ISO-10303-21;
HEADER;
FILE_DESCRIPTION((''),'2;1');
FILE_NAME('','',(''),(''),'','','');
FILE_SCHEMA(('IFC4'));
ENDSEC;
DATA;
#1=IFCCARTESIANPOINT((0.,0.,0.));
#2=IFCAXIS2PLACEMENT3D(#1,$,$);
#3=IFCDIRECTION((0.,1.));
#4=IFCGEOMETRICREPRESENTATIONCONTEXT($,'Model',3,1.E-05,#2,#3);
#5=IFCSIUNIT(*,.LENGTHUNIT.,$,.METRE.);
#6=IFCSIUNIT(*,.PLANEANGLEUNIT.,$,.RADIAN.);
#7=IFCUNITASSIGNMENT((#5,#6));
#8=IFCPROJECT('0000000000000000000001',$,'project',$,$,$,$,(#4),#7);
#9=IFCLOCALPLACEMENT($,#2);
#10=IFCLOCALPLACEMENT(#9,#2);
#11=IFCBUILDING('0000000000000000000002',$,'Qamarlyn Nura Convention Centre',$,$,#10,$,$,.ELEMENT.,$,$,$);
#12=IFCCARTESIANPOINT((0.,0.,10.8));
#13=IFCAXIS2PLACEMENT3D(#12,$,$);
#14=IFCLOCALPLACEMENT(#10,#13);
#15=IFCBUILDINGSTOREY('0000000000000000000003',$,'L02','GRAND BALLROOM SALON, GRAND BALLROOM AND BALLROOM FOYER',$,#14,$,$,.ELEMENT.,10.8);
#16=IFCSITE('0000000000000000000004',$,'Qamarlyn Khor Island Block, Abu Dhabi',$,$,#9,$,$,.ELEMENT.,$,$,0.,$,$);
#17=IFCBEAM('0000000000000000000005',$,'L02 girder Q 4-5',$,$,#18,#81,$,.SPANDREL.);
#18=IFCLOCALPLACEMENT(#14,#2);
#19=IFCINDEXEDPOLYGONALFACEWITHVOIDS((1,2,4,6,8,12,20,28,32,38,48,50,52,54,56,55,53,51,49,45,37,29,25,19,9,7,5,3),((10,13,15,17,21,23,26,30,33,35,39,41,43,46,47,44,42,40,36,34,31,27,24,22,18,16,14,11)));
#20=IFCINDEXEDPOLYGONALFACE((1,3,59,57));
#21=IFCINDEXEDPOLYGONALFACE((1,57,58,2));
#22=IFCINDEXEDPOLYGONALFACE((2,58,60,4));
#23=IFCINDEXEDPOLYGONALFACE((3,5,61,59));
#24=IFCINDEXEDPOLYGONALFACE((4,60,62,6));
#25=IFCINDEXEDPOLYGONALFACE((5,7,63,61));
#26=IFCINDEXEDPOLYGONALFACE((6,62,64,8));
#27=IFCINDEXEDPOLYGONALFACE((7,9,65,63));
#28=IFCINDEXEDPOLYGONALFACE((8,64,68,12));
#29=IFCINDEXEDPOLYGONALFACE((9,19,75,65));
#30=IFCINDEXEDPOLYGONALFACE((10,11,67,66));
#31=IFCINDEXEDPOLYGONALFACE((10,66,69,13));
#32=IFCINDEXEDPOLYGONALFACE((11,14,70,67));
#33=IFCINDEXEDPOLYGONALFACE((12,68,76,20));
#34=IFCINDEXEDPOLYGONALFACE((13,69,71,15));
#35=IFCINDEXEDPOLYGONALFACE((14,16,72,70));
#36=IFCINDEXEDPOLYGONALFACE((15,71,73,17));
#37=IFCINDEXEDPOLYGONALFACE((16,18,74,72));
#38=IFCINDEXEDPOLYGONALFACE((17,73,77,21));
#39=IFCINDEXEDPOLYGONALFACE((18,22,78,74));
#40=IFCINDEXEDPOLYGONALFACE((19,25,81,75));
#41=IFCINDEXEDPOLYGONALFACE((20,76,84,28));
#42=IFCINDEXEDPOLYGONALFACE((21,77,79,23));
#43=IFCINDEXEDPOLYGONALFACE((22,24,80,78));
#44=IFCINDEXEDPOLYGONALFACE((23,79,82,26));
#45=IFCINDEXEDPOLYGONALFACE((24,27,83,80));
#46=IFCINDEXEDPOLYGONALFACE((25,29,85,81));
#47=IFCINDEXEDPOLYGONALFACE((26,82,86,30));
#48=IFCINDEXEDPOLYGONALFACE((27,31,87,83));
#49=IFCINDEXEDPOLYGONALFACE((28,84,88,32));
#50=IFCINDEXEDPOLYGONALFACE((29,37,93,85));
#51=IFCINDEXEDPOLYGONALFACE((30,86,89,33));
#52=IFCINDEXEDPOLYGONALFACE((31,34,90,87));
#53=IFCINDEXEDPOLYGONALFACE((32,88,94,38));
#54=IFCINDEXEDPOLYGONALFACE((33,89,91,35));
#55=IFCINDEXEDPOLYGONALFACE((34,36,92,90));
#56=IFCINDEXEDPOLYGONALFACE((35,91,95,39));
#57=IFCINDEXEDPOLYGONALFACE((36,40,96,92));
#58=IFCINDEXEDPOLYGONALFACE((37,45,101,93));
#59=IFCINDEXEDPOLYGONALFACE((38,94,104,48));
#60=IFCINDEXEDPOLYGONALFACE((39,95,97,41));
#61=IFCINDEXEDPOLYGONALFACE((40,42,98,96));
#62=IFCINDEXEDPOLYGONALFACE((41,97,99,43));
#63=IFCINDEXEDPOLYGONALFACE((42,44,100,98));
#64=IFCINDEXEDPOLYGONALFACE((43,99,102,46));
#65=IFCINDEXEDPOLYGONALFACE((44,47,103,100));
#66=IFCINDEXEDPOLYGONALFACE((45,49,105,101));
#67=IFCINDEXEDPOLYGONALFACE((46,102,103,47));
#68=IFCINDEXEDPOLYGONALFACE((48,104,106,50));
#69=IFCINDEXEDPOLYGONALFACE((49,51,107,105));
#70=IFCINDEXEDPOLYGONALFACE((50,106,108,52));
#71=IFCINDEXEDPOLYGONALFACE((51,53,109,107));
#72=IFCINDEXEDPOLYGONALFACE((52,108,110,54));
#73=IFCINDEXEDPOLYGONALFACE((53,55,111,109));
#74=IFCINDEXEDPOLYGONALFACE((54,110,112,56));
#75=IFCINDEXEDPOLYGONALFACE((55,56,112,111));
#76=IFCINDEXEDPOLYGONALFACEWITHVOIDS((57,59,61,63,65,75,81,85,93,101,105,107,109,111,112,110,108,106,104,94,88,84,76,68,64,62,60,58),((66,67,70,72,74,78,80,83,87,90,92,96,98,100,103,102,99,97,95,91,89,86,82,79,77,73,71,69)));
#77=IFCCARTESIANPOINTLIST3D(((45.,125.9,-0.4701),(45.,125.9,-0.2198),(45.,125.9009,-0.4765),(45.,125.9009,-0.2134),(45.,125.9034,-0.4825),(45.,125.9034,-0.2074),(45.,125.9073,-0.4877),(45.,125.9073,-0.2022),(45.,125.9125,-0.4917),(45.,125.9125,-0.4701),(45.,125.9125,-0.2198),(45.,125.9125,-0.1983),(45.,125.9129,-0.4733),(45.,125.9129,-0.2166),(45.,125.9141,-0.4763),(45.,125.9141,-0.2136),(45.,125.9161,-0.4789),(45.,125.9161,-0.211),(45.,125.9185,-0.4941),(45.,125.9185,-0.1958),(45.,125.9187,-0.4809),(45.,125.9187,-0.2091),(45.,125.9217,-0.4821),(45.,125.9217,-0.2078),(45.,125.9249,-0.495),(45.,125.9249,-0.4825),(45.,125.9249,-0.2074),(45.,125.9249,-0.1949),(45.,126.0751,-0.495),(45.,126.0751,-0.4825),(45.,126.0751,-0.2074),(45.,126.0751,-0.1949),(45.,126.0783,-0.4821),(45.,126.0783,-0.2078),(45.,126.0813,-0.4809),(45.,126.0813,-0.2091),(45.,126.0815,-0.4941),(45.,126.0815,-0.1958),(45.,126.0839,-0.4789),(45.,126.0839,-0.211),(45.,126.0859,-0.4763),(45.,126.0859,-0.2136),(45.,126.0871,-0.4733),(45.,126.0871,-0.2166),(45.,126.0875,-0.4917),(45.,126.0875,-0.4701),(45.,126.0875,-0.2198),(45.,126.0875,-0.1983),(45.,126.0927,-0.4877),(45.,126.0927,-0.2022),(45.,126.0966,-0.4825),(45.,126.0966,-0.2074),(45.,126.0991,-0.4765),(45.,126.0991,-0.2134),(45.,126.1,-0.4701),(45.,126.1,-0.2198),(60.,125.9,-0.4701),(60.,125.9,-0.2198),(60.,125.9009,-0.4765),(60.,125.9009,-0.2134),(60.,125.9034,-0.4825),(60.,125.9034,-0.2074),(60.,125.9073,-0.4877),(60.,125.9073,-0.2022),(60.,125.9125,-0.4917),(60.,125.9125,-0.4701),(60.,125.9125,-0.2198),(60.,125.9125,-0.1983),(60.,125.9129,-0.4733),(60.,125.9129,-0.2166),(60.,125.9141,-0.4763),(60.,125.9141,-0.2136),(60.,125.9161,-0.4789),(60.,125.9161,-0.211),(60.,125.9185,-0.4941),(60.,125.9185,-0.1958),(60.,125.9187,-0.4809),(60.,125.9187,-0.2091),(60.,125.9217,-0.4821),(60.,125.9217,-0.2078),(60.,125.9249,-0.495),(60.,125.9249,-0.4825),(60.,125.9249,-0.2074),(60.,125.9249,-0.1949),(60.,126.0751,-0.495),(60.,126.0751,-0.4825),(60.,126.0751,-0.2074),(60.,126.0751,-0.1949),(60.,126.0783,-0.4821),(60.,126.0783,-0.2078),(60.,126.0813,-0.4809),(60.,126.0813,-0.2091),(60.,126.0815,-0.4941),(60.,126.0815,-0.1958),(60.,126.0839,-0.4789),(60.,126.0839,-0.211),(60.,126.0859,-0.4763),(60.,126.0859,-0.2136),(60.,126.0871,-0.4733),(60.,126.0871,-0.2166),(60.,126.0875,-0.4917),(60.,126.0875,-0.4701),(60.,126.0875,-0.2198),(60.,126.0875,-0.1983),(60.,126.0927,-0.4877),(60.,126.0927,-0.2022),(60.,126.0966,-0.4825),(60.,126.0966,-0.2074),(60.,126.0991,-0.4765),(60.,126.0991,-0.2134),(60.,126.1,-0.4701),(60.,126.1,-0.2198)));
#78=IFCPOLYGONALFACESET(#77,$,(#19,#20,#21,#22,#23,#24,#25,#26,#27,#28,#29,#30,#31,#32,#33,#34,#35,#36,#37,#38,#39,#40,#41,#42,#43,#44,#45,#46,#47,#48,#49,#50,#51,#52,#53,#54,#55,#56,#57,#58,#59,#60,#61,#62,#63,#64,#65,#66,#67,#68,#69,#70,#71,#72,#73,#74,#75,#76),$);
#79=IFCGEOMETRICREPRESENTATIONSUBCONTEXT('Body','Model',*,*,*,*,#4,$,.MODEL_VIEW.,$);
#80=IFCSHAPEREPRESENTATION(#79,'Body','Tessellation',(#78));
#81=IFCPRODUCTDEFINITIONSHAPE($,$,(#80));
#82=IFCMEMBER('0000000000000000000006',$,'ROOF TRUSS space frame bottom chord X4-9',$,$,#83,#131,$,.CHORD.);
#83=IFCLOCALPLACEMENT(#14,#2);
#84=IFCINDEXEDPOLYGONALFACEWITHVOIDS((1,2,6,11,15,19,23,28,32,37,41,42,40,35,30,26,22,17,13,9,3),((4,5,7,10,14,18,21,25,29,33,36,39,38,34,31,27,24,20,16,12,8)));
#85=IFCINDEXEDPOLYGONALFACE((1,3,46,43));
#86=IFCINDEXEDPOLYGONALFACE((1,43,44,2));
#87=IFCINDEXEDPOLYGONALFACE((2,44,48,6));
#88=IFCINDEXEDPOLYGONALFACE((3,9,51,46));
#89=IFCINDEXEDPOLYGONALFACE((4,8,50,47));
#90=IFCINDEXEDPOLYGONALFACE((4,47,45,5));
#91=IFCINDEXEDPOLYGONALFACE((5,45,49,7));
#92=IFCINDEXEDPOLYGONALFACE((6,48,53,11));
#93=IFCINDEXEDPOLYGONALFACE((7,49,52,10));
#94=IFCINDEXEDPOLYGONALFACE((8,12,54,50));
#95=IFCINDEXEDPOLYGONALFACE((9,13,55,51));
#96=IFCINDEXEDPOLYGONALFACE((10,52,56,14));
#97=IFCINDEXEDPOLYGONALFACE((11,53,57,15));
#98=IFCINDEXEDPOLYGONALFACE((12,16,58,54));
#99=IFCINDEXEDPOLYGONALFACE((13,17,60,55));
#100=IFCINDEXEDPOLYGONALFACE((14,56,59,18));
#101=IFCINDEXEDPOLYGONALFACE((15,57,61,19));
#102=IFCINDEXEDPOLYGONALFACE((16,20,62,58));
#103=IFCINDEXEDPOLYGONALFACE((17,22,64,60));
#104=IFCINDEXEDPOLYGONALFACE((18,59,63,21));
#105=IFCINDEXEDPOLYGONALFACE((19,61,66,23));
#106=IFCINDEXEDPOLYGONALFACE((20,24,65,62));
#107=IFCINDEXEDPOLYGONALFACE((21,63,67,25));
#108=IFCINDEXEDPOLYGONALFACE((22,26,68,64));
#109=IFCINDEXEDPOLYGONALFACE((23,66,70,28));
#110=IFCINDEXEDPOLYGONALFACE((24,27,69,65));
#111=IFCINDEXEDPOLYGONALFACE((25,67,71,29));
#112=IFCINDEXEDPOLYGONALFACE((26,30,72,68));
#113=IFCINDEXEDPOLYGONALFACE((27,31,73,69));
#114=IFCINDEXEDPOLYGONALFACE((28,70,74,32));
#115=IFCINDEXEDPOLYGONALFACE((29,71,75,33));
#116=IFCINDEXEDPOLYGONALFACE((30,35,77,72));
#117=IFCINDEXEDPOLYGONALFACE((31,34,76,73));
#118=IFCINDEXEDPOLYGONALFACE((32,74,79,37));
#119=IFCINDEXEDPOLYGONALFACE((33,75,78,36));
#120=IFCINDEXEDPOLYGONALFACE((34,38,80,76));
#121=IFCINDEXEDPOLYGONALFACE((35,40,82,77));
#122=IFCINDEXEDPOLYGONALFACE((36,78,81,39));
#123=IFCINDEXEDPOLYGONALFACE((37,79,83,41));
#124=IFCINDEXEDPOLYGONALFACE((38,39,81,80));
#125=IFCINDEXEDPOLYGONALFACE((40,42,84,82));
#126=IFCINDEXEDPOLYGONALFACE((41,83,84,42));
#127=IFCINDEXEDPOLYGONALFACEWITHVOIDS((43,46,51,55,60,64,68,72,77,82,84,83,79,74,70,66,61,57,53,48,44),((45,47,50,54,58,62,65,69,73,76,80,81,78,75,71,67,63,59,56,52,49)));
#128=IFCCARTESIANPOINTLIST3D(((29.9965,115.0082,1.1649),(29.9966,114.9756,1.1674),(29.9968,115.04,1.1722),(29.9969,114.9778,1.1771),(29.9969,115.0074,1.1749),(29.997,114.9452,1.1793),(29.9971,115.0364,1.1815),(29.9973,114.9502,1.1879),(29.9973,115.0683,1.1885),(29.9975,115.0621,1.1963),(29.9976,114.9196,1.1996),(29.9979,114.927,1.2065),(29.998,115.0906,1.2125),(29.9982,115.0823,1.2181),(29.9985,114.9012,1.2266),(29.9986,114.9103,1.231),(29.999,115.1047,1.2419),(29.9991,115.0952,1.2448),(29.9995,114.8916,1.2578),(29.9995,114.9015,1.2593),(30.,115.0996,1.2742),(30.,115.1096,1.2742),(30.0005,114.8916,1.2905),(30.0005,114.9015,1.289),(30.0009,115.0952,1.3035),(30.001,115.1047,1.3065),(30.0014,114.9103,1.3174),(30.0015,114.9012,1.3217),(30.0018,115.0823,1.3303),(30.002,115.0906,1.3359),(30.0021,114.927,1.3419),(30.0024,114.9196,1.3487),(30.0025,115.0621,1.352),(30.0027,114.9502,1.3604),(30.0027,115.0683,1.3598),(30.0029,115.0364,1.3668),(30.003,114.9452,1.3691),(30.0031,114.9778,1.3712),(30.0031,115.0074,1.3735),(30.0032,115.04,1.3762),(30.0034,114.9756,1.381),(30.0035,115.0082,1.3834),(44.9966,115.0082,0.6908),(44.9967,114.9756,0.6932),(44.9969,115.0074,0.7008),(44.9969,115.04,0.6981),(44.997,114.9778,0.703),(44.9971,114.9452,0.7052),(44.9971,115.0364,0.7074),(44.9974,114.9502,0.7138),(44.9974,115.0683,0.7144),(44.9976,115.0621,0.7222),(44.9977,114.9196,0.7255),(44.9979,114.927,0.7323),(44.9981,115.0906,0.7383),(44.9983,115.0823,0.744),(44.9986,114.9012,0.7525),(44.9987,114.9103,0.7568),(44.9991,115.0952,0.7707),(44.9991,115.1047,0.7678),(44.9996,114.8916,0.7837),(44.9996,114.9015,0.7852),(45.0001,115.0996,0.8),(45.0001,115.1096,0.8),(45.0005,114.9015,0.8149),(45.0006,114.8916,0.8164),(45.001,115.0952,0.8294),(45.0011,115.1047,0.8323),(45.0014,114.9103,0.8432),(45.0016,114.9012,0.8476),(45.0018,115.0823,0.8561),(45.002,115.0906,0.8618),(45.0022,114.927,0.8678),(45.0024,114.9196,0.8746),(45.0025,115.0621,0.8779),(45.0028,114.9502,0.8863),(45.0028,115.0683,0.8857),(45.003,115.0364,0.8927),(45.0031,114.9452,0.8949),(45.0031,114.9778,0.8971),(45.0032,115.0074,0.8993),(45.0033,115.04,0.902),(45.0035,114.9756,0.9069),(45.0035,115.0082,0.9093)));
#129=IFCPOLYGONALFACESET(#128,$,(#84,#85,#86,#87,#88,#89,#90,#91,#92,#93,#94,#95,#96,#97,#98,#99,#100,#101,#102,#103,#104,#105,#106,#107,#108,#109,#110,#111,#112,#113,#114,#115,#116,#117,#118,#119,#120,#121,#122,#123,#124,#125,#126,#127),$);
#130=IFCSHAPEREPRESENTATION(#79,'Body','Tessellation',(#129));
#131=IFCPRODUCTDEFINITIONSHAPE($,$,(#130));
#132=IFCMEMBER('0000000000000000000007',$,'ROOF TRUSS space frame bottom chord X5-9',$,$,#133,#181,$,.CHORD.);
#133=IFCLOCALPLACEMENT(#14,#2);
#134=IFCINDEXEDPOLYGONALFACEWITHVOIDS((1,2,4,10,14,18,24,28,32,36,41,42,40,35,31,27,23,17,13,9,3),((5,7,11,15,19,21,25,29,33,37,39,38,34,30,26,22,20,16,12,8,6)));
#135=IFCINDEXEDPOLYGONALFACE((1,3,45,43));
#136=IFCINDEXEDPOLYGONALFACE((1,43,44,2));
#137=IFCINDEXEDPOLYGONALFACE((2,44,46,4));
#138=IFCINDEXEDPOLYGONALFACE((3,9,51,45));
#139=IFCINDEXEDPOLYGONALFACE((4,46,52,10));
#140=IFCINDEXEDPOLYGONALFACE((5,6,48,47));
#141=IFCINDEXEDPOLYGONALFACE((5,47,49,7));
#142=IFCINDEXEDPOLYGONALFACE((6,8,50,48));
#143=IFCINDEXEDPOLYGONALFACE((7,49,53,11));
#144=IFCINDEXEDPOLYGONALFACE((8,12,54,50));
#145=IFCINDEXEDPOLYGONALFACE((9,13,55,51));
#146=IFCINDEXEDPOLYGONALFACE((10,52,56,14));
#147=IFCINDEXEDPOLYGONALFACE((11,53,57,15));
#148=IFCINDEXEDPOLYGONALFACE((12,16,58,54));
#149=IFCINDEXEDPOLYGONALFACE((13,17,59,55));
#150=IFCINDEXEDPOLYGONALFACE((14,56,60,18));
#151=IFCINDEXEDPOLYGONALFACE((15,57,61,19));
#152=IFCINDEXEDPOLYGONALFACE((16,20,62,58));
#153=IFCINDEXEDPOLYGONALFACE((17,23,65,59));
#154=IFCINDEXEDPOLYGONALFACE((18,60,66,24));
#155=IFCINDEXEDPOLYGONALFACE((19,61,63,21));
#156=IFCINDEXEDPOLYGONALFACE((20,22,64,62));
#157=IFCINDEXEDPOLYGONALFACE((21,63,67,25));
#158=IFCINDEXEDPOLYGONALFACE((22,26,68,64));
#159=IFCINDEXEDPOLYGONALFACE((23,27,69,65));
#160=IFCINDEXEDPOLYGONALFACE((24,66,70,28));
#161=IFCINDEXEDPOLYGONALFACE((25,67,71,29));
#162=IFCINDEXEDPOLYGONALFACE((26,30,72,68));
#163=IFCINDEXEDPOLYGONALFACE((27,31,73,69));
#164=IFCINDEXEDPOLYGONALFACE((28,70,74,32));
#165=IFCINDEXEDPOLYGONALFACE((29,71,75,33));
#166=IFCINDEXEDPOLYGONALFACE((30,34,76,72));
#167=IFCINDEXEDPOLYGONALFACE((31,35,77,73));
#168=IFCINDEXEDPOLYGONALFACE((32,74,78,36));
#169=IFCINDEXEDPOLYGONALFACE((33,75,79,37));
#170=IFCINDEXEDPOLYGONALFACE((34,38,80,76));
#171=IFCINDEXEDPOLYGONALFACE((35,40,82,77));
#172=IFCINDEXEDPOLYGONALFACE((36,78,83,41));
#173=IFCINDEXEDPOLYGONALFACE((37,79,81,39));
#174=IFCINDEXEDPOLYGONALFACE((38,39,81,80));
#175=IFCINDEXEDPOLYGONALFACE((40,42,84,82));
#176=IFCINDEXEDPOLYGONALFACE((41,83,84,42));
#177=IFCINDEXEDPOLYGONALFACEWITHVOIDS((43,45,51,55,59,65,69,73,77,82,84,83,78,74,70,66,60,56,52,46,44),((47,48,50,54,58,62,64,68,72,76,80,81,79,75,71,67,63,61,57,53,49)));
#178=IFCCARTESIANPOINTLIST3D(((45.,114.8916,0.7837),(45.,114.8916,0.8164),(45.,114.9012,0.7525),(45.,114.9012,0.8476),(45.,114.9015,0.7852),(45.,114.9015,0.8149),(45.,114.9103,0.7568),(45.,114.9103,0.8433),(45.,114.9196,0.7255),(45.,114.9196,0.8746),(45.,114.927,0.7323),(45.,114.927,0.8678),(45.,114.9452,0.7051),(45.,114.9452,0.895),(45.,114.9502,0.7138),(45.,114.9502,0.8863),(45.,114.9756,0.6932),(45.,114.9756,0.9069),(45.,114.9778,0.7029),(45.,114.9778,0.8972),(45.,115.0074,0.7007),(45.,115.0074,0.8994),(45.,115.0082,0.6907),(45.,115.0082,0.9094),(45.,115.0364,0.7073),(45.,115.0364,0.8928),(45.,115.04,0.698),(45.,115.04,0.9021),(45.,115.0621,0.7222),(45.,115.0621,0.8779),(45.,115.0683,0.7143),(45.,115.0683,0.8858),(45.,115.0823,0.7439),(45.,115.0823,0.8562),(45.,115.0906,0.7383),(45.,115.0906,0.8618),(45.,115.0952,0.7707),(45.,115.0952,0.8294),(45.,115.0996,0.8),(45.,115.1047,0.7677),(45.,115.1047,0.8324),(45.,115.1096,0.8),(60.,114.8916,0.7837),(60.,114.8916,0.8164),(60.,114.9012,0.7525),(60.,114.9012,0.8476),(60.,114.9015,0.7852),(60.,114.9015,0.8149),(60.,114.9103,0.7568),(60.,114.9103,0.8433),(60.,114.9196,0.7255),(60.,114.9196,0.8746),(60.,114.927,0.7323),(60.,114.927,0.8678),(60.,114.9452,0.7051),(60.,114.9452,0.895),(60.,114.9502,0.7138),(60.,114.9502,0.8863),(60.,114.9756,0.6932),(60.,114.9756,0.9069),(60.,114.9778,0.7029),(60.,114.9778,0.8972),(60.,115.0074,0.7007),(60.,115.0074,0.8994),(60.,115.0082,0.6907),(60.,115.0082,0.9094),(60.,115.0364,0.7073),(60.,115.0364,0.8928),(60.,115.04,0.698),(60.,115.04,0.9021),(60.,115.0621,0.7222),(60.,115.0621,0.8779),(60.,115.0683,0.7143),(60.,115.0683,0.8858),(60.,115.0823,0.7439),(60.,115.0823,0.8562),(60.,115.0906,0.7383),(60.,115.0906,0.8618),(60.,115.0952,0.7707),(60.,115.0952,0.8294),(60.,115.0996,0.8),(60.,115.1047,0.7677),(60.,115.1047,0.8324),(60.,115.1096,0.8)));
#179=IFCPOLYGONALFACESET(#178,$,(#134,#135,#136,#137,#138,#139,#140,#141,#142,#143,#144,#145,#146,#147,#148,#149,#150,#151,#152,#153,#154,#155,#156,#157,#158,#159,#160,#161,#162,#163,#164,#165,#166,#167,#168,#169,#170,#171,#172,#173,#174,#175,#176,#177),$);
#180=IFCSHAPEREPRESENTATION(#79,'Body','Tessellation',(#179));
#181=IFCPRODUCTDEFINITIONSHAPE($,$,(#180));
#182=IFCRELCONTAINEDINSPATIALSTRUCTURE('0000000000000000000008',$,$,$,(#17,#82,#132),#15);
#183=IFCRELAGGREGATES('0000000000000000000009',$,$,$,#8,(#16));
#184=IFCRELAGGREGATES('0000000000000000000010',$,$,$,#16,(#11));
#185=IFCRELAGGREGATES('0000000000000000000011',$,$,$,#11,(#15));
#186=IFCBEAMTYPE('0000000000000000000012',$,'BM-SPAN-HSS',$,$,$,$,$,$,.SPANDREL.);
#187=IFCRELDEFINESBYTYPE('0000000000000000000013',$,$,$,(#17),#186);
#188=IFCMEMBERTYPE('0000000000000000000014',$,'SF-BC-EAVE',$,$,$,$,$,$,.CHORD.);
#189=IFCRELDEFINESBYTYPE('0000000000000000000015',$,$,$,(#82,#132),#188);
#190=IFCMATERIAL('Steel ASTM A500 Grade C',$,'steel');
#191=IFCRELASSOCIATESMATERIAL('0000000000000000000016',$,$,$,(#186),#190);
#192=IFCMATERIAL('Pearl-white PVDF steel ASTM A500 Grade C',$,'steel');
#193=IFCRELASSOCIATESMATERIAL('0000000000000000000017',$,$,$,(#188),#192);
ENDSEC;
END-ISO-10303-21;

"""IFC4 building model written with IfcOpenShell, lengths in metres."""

from ifc_helpers import new_model, si_unit, direction, frame, origin, origin_2d, place, context, subcontext, project, spatial, hollow_rectangle, hollow_circle, extrude, material, material_profile, profile_set, type_object, element, save


model = new_model("IFC4")

# Units and contexts
model_context = context("Model", 3, precision=1e-05, world=origin(), true_north=direction((0.0, 1.0)))
body_context = subcontext(model_context, "Body", "Model", "MODEL_VIEW")
ifc_project = project(units=[si_unit("LENGTHUNIT", "METRE"), si_unit("PLANEANGLEUNIT", "RADIAN")], contexts=[model_context])

# Site, building, storey
site_placement = place(None, origin())
site = spatial("IfcSite", under=ifc_project, at=site_placement, Name="Qamarlyn Khor Island Block, Abu Dhabi", CompositionType="ELEMENT", RefElevation=0.0)
building_placement = place(site_placement, origin())
building = spatial("IfcBuilding", under=site, at=building_placement, Name="Qamarlyn Nura Convention Centre", CompositionType="ELEMENT")
storey_placement = place(building_placement, frame((0.0, 0.0, 10.8)))
storey = spatial("IfcBuildingStorey", under=building, at=storey_placement, Name="L02", Description="GRAND BALLROOM SALON, GRAND BALLROOM AND BALLROOM FOYER", CompositionType="ELEMENT", Elevation=10.8)

# Beam
ifc_material_1 = material(Name="Steel ASTM A500 Grade C", Category="steel")
ifc_material_profile_1 = material_profile(ifc_material_1, hollow_rectangle(XDim=0.2, YDim=0.3, WallThickness=0.0125, InnerFilletRadius=0.0125, OuterFilletRadius=0.0249, at=origin_2d()), Name="HSS300X200X12.5")
ifc_profile_set_1 = profile_set([ifc_material_profile_1], Name="Steel ASTM A500 Grade C")
beam_type_1 = type_object("IfcBeamType", Name="BM-SPAN-HSS", PredefinedType="SPANDREL", material=ifc_profile_set_1)
beam_1_placement = place(storey_placement, frame((45.0, 126.0, -0.345), z_axis=(1.0, 0.0, 0.0), x_axis=(0.0, 1.0, 0.0)))
element("IfcBeam", 1, at=beam_1_placement, inside=storey, type_object=beam_type_1, Name="L02 girder Q 4-5", PredefinedType="SPANDREL", context=body_context, shape_type="SweptSolid", body=[
    extrude(hollow_rectangle(XDim=0.2, YDim=0.3, WallThickness=0.0125, InnerFilletRadius=0.0125, OuterFilletRadius=0.0249, at=origin_2d()), origin(), (0.0, 0.0, 1.0), 15.0),
])

# Members
ifc_material_2 = material(Name="Pearl-white PVDF steel ASTM A500 Grade C", Category="steel")
ifc_material_profile_2 = material_profile(ifc_material_2, hollow_circle(Radius=0.1096, WallThickness=0.01, at=origin_2d()), Name="CHS219.1X10")
ifc_profile_set_2 = profile_set([ifc_material_profile_2], Name="Pearl-white PVDF steel ASTM A500 Grade C")
member_type_1 = type_object("IfcMemberType", Name="SF-BC-EAVE", PredefinedType="CHORD", material=ifc_profile_set_2)
member_1_placement = place(storey_placement, frame((30.0, 115.0, 1.2742), z_axis=(0.999501, 0.0, -0.031592), x_axis=(0.0, 1.0, 0.0)))
element("IfcMember", 2, at=member_1_placement, inside=storey, type_object=member_type_1, Name="ROOF TRUSS space frame bottom chord X4-9", PredefinedType="CHORD", context=body_context, shape_type="SweptSolid", body=[
    extrude(hollow_circle(Radius=0.1096, WallThickness=0.01, at=origin_2d()), origin(), (0.0, 0.0, 1.0), 15.0076),
])
member_2_placement = place(storey_placement, frame((45.0, 115.0, 0.8), z_axis=(1.0, 0.0, 0.0), x_axis=(0.0, 1.0, 0.0)))
element("IfcMember", 3, at=member_2_placement, inside=storey, type_object=member_type_1, Name="ROOF TRUSS space frame bottom chord X5-9", PredefinedType="CHORD", context=body_context, shape_type="SweptSolid", body=[
    extrude(hollow_circle(Radius=0.1096, WallThickness=0.01, at=origin_2d()), origin(), (0.0, 0.0, 1.0), 15.0),
])

save(model, "model.ifc")
